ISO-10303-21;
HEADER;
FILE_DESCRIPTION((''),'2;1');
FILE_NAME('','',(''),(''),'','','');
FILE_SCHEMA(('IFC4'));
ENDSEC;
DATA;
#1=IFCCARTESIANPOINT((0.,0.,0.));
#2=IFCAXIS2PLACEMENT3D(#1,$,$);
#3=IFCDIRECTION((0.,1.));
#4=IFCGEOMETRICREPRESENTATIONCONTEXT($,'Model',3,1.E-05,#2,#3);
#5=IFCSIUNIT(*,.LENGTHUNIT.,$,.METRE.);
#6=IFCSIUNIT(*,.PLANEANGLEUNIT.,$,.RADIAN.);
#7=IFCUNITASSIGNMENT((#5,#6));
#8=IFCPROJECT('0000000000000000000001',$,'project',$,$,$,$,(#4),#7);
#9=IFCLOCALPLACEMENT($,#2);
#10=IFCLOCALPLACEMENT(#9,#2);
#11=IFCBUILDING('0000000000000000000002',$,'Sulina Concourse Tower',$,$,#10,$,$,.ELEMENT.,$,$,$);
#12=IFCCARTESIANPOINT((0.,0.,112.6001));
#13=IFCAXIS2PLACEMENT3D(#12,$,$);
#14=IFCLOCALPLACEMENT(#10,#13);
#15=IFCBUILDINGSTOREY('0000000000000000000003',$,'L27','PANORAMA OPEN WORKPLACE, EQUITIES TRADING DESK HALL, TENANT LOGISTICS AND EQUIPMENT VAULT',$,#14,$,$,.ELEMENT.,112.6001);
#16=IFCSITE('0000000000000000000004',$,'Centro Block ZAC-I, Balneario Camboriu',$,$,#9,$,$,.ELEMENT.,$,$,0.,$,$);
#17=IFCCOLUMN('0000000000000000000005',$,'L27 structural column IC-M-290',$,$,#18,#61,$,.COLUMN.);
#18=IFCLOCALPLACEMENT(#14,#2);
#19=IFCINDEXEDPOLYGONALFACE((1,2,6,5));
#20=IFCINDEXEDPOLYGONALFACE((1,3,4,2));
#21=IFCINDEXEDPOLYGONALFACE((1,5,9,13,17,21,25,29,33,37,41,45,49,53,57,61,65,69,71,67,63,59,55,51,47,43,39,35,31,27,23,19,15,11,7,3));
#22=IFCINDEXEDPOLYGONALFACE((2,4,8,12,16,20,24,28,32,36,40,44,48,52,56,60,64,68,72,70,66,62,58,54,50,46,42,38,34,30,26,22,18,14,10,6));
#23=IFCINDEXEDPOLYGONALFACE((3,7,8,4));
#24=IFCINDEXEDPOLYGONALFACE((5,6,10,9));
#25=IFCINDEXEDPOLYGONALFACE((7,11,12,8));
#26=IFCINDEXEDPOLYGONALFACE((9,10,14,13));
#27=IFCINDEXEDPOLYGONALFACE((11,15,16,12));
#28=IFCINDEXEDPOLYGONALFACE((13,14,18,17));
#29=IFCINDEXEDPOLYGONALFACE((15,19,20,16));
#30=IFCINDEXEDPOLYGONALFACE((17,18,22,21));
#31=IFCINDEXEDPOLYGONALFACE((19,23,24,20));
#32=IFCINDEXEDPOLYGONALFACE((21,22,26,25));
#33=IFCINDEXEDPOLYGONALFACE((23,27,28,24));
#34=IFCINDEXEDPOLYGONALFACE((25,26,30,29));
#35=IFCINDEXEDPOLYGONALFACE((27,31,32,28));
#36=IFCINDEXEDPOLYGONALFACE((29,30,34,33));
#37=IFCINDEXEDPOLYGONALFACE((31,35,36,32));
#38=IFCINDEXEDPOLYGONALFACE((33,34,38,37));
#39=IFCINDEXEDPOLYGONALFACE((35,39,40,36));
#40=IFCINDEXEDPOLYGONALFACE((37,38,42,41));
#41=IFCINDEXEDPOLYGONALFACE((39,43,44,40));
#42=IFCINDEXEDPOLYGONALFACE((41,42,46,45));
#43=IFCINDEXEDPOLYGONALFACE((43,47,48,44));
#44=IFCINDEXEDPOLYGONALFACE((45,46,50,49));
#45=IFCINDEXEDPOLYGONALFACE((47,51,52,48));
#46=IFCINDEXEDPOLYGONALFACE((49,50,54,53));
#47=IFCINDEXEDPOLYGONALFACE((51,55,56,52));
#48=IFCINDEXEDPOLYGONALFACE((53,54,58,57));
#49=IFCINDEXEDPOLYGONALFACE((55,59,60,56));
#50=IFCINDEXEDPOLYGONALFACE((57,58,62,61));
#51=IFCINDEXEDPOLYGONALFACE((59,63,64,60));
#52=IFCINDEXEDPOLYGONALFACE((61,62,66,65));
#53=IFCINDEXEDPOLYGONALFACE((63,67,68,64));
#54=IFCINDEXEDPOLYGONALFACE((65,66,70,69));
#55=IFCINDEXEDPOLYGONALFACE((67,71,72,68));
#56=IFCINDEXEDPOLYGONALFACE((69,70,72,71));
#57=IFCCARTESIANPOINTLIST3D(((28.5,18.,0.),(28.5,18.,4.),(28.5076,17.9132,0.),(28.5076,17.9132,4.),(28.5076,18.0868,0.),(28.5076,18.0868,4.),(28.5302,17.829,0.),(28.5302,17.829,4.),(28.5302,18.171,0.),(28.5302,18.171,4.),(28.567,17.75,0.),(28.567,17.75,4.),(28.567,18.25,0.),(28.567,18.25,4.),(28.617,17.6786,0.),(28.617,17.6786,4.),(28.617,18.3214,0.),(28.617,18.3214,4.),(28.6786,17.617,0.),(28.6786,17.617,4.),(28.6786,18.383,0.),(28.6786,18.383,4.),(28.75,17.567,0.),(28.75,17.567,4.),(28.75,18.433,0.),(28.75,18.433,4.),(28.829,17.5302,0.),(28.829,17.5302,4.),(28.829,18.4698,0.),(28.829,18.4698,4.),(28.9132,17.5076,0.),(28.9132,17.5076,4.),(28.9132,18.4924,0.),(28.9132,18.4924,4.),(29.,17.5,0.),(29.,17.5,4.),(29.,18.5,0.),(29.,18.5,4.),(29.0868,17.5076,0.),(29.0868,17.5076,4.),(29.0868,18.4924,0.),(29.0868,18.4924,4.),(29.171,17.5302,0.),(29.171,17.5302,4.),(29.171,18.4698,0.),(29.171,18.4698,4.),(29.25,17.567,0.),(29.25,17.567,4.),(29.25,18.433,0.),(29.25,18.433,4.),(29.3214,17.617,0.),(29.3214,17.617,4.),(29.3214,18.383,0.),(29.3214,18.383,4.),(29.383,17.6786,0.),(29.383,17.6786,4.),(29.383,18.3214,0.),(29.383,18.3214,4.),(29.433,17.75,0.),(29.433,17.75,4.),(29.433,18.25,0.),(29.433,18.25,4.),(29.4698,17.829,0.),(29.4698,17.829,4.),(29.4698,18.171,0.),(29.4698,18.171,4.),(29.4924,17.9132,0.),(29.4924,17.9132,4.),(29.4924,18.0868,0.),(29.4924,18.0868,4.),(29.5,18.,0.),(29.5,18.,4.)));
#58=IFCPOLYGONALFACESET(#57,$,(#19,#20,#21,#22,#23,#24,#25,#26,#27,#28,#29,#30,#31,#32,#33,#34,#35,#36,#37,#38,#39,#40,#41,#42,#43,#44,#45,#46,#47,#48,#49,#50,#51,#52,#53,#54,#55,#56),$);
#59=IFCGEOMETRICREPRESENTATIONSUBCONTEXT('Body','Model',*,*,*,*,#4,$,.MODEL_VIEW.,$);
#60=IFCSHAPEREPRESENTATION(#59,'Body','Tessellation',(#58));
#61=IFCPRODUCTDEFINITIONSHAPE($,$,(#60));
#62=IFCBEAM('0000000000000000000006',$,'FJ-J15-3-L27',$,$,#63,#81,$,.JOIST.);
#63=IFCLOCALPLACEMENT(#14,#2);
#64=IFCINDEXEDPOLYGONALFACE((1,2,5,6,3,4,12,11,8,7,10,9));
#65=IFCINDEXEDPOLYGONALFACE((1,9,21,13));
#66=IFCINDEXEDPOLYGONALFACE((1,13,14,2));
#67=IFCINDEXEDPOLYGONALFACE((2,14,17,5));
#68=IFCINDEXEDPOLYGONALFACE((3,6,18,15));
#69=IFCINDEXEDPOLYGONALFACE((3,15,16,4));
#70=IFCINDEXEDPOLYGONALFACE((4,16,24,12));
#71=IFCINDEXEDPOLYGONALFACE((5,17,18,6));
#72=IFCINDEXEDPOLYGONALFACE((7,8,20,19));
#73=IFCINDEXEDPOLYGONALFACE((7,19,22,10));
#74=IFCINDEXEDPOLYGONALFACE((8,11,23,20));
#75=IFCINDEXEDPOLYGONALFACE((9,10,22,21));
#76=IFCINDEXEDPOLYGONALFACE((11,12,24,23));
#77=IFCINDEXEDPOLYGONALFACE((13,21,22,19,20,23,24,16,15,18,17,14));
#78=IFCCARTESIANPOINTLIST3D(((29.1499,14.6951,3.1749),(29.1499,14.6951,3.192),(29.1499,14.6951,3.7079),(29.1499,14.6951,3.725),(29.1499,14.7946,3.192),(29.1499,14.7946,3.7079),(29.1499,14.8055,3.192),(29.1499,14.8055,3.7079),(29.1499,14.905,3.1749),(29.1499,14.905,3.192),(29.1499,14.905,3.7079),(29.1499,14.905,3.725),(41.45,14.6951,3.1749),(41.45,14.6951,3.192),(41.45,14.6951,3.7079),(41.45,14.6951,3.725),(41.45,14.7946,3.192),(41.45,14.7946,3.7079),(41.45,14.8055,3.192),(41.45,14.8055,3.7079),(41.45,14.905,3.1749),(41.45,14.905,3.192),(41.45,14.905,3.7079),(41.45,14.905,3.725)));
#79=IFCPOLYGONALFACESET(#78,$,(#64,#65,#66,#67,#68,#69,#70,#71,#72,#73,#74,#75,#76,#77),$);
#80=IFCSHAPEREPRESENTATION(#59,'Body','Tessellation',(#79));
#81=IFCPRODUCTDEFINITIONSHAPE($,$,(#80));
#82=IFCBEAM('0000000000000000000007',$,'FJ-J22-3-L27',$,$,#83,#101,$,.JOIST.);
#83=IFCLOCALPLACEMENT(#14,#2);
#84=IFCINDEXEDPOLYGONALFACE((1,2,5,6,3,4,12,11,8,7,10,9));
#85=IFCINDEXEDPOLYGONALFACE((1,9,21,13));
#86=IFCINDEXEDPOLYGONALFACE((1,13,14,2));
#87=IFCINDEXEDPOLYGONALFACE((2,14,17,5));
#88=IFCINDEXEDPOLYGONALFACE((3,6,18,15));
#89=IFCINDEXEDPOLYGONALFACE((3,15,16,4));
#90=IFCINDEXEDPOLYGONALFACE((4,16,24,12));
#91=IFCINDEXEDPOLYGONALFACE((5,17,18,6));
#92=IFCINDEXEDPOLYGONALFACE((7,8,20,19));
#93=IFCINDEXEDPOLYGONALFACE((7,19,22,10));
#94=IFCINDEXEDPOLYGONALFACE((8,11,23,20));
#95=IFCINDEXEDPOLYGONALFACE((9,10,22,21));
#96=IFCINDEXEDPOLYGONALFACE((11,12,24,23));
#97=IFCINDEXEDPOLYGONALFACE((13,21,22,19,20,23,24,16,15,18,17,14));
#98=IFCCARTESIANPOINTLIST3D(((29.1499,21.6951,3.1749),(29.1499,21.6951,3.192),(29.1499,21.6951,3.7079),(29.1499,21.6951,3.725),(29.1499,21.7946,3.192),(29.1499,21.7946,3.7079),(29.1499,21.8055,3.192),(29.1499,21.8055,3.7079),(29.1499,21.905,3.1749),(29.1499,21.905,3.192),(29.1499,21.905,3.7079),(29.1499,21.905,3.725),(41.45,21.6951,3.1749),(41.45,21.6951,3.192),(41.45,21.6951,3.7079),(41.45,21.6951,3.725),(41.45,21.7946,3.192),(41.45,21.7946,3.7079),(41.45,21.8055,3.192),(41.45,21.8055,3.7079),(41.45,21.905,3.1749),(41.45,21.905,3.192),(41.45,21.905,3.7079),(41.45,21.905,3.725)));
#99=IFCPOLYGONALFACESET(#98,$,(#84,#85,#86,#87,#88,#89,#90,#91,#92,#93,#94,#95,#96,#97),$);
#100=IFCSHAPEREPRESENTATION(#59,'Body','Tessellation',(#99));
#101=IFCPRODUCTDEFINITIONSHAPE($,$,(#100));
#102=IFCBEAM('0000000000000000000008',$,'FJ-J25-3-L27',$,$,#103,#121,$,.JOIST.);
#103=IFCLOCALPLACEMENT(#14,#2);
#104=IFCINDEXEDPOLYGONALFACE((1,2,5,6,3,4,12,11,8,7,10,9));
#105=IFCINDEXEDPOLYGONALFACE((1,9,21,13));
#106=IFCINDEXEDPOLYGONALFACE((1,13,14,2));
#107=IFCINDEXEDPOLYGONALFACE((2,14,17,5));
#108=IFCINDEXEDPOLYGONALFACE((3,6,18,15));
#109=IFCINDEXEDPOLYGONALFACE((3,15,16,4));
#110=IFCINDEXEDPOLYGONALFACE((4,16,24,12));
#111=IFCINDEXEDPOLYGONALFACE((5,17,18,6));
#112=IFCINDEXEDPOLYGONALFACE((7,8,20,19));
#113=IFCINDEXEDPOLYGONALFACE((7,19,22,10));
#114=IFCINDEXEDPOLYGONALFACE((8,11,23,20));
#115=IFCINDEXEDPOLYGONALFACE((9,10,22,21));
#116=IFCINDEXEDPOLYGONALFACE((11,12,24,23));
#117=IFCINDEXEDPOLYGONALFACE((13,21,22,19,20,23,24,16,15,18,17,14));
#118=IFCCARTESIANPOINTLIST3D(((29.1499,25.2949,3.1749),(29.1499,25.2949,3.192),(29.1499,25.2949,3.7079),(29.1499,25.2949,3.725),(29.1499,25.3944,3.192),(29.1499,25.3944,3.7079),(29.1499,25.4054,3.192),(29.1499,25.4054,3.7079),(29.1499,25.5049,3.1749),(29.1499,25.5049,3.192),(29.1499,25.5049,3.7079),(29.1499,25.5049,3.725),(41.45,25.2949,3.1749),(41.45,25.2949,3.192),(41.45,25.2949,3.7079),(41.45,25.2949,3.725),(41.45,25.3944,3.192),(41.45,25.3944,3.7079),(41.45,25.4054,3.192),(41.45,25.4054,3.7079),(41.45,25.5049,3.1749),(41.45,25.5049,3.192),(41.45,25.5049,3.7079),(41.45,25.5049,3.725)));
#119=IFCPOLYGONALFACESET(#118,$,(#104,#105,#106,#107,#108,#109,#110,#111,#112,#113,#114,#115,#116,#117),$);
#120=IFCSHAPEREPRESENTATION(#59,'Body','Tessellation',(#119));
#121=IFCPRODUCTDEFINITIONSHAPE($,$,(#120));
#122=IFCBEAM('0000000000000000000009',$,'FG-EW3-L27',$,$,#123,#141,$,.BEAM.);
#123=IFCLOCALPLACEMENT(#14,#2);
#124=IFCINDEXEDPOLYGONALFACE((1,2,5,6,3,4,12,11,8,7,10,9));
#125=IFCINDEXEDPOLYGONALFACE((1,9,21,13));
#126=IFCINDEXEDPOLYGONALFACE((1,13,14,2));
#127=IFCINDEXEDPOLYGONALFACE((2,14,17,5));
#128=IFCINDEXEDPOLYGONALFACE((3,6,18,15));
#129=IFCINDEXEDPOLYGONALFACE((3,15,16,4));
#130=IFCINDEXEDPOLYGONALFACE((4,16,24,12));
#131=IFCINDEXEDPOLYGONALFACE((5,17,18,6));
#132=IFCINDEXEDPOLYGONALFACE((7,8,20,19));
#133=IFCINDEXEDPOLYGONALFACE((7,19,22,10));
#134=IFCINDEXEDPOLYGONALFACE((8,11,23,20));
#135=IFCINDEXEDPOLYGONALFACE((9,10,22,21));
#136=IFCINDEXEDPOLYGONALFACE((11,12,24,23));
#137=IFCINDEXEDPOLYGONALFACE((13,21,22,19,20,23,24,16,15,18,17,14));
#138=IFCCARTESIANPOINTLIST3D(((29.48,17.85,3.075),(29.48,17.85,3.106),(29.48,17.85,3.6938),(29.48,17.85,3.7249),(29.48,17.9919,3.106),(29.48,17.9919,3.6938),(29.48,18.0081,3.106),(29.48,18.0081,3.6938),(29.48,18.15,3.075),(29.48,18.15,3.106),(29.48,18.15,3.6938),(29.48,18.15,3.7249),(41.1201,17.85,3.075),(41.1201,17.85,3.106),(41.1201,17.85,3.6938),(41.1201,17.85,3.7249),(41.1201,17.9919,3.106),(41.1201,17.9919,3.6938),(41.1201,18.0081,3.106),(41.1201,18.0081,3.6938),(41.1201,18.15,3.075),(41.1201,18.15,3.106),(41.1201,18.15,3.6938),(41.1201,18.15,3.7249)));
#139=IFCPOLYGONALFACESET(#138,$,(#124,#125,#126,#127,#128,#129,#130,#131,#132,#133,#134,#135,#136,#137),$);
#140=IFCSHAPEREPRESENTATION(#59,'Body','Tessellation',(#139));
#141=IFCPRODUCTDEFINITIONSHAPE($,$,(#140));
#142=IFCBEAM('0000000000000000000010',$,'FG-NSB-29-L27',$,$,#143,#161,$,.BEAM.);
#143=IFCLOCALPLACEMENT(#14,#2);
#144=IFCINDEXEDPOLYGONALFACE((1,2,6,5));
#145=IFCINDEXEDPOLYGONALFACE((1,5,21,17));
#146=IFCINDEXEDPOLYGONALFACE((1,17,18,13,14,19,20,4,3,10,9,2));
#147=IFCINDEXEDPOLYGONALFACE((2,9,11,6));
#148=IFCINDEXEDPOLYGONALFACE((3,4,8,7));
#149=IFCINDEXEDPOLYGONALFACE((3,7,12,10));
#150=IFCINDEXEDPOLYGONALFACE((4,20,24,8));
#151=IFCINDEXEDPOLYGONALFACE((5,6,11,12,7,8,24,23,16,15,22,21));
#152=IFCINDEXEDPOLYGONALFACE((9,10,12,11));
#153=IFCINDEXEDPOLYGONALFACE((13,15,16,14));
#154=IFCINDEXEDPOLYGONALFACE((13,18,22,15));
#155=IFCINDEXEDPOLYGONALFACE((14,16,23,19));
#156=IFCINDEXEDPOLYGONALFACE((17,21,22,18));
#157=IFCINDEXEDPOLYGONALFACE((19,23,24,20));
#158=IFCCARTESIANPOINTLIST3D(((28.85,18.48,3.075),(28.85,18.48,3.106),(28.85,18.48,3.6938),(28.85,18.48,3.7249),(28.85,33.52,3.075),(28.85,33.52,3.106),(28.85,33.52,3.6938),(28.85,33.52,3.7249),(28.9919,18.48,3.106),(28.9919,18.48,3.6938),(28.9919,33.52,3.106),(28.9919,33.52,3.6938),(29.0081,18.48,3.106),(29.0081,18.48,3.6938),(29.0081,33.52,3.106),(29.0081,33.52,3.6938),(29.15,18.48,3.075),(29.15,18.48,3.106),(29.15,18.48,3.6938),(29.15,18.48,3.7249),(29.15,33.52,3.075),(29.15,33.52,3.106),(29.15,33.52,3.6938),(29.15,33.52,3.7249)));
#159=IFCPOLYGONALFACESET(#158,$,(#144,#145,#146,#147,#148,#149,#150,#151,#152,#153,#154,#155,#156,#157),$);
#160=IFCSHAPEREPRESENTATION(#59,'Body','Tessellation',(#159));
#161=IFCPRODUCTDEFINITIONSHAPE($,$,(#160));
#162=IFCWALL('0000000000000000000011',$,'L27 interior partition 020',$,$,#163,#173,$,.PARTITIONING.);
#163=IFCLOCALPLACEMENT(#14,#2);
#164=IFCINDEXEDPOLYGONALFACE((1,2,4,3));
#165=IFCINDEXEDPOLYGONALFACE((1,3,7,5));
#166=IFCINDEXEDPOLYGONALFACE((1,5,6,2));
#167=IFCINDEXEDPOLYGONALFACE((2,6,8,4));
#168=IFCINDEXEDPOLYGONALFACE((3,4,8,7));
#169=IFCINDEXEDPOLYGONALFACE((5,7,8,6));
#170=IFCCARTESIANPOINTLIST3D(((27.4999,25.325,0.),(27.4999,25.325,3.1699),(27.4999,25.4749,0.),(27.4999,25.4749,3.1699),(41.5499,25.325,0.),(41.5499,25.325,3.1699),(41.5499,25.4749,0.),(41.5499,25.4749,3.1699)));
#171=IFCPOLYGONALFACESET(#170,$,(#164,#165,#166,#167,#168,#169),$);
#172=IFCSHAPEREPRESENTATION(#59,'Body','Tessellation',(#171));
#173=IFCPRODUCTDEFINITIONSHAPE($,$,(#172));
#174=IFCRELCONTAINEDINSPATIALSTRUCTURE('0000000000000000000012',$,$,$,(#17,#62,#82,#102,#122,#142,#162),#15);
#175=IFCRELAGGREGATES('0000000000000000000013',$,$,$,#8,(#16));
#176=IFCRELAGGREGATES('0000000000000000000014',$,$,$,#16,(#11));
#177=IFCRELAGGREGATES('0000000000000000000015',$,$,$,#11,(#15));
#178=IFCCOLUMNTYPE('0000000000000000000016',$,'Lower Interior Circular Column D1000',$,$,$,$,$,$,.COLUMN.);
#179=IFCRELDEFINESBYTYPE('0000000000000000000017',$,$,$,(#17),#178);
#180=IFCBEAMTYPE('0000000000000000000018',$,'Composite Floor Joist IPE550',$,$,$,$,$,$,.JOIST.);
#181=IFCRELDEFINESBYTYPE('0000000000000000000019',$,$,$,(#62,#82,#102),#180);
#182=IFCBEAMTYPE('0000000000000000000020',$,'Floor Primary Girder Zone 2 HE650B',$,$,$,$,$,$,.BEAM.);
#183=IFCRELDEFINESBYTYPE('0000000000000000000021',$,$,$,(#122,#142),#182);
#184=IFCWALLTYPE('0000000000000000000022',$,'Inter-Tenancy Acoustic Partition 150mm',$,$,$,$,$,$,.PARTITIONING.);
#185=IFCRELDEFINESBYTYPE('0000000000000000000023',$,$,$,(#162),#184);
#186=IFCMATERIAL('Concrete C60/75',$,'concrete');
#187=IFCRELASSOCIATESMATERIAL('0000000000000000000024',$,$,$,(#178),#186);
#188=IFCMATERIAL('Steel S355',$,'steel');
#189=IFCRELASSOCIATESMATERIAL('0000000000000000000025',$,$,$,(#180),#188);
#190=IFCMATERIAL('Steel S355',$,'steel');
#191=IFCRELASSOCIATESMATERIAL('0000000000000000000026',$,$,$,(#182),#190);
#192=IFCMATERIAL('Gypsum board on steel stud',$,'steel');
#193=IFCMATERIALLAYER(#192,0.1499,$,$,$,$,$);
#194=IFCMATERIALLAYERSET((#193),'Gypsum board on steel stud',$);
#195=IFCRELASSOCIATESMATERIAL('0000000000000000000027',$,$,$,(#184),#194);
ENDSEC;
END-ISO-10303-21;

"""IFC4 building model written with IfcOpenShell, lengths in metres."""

from ifc_helpers import new_model, si_unit, direction, frame, frame_2d, origin, origin_2d, place, context, subcontext, project, spatial, rectangle, circle, i_section, extrude, material, layer, layer_set, material_profile, profile_set, type_object, element, save


model = new_model("IFC4")

# Units and contexts
model_context = context("Model", 3, precision=1e-05, world=origin(), true_north=direction((0.0, 1.0)))
body_context = subcontext(model_context, "Body", "Model", "MODEL_VIEW")
ifc_project = project(units=[si_unit("LENGTHUNIT", "METRE"), si_unit("PLANEANGLEUNIT", "RADIAN")], contexts=[model_context])

# Site, building, storey
site_placement = place(None, origin())
site = spatial("IfcSite", under=ifc_project, at=site_placement, Name="Centro Block ZAC-I, Balneario Camboriu", CompositionType="ELEMENT", RefElevation=0.0)
building_placement = place(site_placement, origin())
building = spatial("IfcBuilding", under=site, at=building_placement, Name="Sulina Concourse Tower", CompositionType="ELEMENT")
storey_placement = place(building_placement, frame((0.0, 0.0, 112.6001)))
storey = spatial("IfcBuildingStorey", under=building, at=storey_placement, Name="L27", Description="PANORAMA OPEN WORKPLACE, EQUITIES TRADING DESK HALL, TENANT LOGISTICS AND EQUIPMENT VAULT", CompositionType="ELEMENT", Elevation=112.6001)

# Column
ifc_material_1 = material(Name="Concrete C60/75", Category="concrete")
ifc_material_profile_1 = material_profile(ifc_material_1, circle(Radius=0.5, at=origin_2d()), Name="RC D1000")
ifc_profile_set_1 = profile_set([ifc_material_profile_1], Name="Concrete C60/75")
column_type = type_object("IfcColumnType", Name="Lower Interior Circular Column D1000", PredefinedType="COLUMN", material=ifc_profile_set_1)
column_placement = place(storey_placement, frame((29.0, 18.0, 0.0), z_axis=(0.0, 0.0, 1.0), x_axis=(1.0, 0.0, 0.0)))
element("IfcColumn", 1, at=column_placement, inside=storey, type_object=column_type, Name="L27 structural column IC-M-290", PredefinedType="COLUMN", context=body_context, shape_type="SweptSolid", body=[
    extrude(circle(Radius=0.5, at=origin_2d()), origin(), (0.0, 0.0, 1.0), 4.0),
])

# Beams
ifc_material_2 = material(Name="Steel S355", Category="steel")
ifc_material_profile_2 = material_profile(ifc_material_2, i_section(OverallWidth=0.21, OverallDepth=0.55, WebThickness=0.011, FlangeThickness=0.0171, at=origin_2d()), Name="IPE 550")
ifc_profile_set_2 = profile_set([ifc_material_profile_2], Name="Steel S355")
beam_type_1 = type_object("IfcBeamType", Name="Composite Floor Joist IPE550", PredefinedType="JOIST", material=ifc_profile_set_2)
for number, where, z_axis, x_axis, name in (
    (2, (29.1499, 14.8, 3.45), (1.0, 0.0, 0.0), (0.0, 1.0, 0.0), "FJ-J15-3-L27"),
    (3, (29.1499, 21.8, 3.45), (1.0, 0.0, 0.0), (0.0, 1.0, 0.0), "FJ-J22-3-L27"),
    (4, (29.1499, 25.3999, 3.45), (1.0, 0.0, 0.0), (0.0, 1.0, 0.0), "FJ-J25-3-L27"),
):
    element("IfcBeam", number, at=place(storey_placement, frame(where, z_axis=z_axis, x_axis=x_axis)), inside=storey, type_object=beam_type_1, Name=name, PredefinedType="JOIST", context=body_context, shape_type="SweptSolid", body=[
        extrude(i_section(OverallWidth=0.21, OverallDepth=0.55, WebThickness=0.011, FlangeThickness=0.0171, at=origin_2d()), origin(), (0.0, 0.0, 1.0), 12.3),
    ])
ifc_material_3 = material(Name="Steel S355", Category="steel")
ifc_material_profile_3 = material_profile(ifc_material_3, i_section(OverallWidth=0.3, OverallDepth=0.6499, WebThickness=0.0161, FlangeThickness=0.031, at=origin_2d()), Name="HE 650 B")
ifc_profile_set_3 = profile_set([ifc_material_profile_3], Name="Steel S355")
beam_type_2 = type_object("IfcBeamType", Name="Floor Primary Girder Zone 2 HE650B", PredefinedType="BEAM", material=ifc_profile_set_3)
beam_1_placement = place(storey_placement, frame((29.48, 18.0, 3.3999), z_axis=(1.0, 0.0, 0.0), x_axis=(0.0, 1.0, 0.0)))
element("IfcBeam", 5, at=beam_1_placement, inside=storey, type_object=beam_type_2, Name="FG-EW3-L27", PredefinedType="BEAM", context=body_context, shape_type="SweptSolid", body=[
    extrude(i_section(OverallWidth=0.3, OverallDepth=0.6499, WebThickness=0.0161, FlangeThickness=0.031, at=origin_2d()), origin(), (0.0, 0.0, 1.0), 11.6401),
])
beam_2_placement = place(storey_placement, frame((29.0, 18.48, 3.3999), z_axis=(0.0, 1.0, 0.0), x_axis=(-1.0, 0.0, 0.0)))
element("IfcBeam", 6, at=beam_2_placement, inside=storey, type_object=beam_type_2, Name="FG-NSB-29-L27", PredefinedType="BEAM", context=body_context, shape_type="SweptSolid", body=[
    extrude(i_section(OverallWidth=0.3, OverallDepth=0.6499, WebThickness=0.0161, FlangeThickness=0.031, at=origin_2d()), origin(), (0.0, 0.0, 1.0), 15.04),
])

# Wall
ifc_material_4 = material(Name="Gypsum board on steel stud", Category="steel")
ifc_layer_1 = layer(ifc_material_4, 0.1499)
ifc_layer_set_1 = layer_set([ifc_layer_1], Name="Gypsum board on steel stud")
wall_type_1 = type_object("IfcWallType", Name="Inter-Tenancy Acoustic Partition 150mm", PredefinedType="PARTITIONING", material=ifc_layer_set_1)
wall_1_placement = place(storey_placement, frame((27.5, 25.3999, 0.0), z_axis=(0.0, 0.0, 1.0), x_axis=(1.0, 0.0, 0.0)))
element("IfcWall", 7, at=wall_1_placement, inside=storey, type_object=wall_type_1, Name="L27 interior partition 020", PredefinedType="PARTITIONING", context=body_context, shape_type="SweptSolid", body=[
    extrude(rectangle(XDim=14.05, YDim=0.1499, at=frame_2d((7.0249, 0.0))), origin(), (0.0, 0.0, 1.0), 3.1699),
])

save(model, "model.ifc")
